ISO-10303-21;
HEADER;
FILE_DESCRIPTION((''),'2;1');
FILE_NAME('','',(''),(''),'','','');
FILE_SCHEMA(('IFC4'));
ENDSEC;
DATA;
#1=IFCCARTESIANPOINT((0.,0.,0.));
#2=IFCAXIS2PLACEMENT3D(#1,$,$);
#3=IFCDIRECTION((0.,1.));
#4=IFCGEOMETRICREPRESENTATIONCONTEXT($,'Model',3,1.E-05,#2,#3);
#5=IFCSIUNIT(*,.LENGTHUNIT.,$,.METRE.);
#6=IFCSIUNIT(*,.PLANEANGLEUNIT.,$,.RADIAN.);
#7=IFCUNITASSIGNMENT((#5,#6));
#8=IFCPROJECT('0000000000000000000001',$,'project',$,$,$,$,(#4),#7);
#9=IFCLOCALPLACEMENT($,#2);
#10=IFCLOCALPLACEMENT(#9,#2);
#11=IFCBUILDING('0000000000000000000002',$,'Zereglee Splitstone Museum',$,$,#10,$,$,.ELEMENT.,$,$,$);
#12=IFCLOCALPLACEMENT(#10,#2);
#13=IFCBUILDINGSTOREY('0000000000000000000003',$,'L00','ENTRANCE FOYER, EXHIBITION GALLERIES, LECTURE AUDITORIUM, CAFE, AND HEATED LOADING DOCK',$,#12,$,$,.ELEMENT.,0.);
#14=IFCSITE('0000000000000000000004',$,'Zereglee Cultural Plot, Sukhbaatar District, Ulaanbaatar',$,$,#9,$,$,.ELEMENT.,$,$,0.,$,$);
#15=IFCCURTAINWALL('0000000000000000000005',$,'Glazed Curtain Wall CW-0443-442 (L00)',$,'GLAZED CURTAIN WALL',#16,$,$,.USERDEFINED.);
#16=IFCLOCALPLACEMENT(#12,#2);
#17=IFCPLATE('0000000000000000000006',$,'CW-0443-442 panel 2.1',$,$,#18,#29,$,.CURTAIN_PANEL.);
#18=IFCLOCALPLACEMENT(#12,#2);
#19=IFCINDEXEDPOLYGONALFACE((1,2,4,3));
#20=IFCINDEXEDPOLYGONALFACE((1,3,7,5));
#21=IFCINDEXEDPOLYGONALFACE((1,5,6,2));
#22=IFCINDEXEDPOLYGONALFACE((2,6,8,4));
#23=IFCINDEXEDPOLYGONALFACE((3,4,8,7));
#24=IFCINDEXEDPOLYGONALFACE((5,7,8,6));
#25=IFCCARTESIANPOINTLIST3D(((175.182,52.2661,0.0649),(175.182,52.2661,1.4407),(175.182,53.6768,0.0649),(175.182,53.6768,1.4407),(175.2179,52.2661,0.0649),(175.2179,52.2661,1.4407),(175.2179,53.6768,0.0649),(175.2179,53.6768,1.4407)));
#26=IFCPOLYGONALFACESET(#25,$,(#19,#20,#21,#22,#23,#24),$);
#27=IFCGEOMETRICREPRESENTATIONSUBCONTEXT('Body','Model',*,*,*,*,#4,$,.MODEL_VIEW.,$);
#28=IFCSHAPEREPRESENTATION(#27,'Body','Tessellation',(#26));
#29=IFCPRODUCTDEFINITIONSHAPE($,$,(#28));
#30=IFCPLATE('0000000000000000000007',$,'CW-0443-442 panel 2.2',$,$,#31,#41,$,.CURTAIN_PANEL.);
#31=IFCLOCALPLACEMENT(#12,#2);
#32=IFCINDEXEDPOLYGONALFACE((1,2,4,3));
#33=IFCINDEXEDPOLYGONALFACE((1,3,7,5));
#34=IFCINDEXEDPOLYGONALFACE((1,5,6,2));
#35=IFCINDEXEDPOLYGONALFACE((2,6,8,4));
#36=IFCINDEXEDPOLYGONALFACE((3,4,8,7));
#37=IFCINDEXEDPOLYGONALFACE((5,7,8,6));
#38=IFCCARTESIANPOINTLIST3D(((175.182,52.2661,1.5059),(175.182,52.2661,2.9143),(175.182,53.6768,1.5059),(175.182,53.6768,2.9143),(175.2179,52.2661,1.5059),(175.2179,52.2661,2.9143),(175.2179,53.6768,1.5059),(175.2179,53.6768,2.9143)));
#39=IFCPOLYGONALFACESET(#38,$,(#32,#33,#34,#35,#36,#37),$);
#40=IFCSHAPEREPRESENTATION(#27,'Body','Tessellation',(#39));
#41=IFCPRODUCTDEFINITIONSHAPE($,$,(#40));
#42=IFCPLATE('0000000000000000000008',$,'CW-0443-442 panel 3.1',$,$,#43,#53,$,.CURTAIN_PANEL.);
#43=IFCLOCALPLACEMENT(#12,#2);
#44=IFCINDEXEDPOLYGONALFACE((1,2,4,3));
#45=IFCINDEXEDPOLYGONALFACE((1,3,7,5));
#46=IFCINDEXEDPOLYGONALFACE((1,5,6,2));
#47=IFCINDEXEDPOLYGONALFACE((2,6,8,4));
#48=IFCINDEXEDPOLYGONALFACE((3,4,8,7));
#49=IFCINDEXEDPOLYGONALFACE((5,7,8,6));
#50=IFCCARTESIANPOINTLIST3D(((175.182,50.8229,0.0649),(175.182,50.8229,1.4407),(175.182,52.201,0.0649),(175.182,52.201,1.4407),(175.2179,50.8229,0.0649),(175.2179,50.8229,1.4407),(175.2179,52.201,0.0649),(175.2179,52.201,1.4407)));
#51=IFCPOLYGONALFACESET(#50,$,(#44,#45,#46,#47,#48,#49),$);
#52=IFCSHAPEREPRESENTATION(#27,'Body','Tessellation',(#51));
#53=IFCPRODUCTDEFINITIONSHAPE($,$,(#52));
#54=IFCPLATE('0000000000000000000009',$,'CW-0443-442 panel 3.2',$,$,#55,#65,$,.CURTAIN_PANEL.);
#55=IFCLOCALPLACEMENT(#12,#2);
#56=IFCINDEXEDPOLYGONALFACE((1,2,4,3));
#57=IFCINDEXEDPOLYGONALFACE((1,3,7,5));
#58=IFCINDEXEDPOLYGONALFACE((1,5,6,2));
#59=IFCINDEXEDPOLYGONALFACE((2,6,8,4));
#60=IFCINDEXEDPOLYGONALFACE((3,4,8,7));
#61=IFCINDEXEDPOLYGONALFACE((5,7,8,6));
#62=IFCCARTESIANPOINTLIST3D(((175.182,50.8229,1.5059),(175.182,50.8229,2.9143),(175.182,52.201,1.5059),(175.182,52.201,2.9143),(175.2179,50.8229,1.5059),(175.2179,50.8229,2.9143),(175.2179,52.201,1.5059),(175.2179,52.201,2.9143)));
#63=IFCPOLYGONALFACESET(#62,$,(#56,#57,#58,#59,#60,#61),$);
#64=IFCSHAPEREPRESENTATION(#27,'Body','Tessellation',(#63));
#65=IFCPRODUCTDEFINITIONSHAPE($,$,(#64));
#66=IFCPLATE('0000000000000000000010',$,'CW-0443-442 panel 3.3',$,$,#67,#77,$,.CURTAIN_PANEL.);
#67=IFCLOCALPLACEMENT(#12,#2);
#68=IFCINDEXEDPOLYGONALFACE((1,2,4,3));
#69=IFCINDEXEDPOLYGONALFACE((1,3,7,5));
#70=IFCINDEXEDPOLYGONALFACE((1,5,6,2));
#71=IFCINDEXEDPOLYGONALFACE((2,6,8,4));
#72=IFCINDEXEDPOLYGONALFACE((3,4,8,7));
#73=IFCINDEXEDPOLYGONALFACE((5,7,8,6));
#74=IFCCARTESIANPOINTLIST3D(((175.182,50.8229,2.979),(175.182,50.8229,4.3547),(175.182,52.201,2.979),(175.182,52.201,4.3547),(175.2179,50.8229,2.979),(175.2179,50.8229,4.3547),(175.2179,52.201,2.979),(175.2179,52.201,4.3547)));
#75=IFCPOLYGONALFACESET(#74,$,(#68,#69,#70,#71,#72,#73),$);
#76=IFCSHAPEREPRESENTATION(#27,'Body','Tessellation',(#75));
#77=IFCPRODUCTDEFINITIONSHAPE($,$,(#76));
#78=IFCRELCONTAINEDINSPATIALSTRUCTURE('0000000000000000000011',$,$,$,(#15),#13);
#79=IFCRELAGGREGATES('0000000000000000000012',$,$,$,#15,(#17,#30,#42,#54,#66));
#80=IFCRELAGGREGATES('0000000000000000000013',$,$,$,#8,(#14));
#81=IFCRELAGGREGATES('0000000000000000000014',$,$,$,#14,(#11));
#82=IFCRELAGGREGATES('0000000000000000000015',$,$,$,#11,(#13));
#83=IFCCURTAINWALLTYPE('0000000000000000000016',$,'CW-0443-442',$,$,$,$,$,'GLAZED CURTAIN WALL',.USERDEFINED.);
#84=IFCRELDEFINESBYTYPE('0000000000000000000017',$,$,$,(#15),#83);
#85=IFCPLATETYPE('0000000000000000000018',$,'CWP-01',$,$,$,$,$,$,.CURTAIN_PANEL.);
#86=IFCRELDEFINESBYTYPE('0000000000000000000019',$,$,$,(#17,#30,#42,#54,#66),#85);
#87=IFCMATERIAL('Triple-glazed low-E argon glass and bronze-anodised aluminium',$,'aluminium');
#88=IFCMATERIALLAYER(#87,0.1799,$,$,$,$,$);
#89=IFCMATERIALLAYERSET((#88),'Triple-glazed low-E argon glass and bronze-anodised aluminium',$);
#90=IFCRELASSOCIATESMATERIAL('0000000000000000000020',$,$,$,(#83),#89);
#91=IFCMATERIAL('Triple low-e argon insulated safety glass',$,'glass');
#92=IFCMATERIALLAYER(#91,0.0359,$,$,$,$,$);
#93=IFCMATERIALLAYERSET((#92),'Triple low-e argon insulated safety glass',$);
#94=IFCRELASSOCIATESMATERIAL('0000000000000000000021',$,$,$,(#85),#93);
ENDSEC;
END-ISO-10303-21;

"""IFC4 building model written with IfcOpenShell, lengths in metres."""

from ifc_helpers import new_model, si_unit, direction, frame, origin, origin_2d, place, context, subcontext, project, spatial, rectangle, extrude, material, layer, layer_set, type_object, element, aggregate, save


model = new_model("IFC4")

# Units and contexts
model_context = context("Model", 3, precision=1e-05, world=origin(), true_north=direction((0.0, 1.0)))
body_context = subcontext(model_context, "Body", "Model", "MODEL_VIEW")
ifc_project = project(units=[si_unit("LENGTHUNIT", "METRE"), si_unit("PLANEANGLEUNIT", "RADIAN")], contexts=[model_context])

# Site, building, storey
site_placement = place(None, origin())
site = spatial("IfcSite", under=ifc_project, at=site_placement, Name="Zereglee Cultural Plot, Sukhbaatar District, Ulaanbaatar", CompositionType="ELEMENT", RefElevation=0.0)
building_placement = place(site_placement, origin())
building = spatial("IfcBuilding", under=site, at=building_placement, Name="Zereglee Splitstone Museum", CompositionType="ELEMENT")
storey_placement = place(building_placement, origin())
storey = spatial("IfcBuildingStorey", under=building, at=storey_placement, Name="L00", Description="ENTRANCE FOYER, EXHIBITION GALLERIES, LECTURE AUDITORIUM, CAFE, AND HEATED LOADING DOCK", CompositionType="ELEMENT", Elevation=0.0)

# Curtain wall
ifc_material_1 = material(Name="Triple-glazed low-E argon glass and bronze-anodised aluminium", Category="aluminium")
ifc_layer_1 = layer(ifc_material_1, 0.1799)
ifc_layer_set_1 = layer_set([ifc_layer_1], Name="Triple-glazed low-E argon glass and bronze-anodised aluminium")
curtain_wall_type = type_object("IfcCurtainWallType", Name="CW-0443-442", ElementType="GLAZED CURTAIN WALL", PredefinedType="USERDEFINED", material=ifc_layer_set_1)
curtain_wall_placement = place(storey_placement, origin())
curtain_wall = element("IfcCurtainWall", 1, at=curtain_wall_placement, inside=storey, type_object=curtain_wall_type, Name="Glazed Curtain Wall CW-0443-442 (L00)", ObjectType="GLAZED CURTAIN WALL", PredefinedType="USERDEFINED")

# Plates
ifc_material_2 = material(Name="Triple low-e argon insulated safety glass", Category="glass")
ifc_layer_2 = layer(ifc_material_2, 0.0359)
ifc_layer_set_2 = layer_set([ifc_layer_2], Name="Triple low-e argon insulated safety glass")
plate_type = type_object("IfcPlateType", Name="CWP-01", PredefinedType="CURTAIN_PANEL", material=ifc_layer_set_2)
plate_1_placement = place(storey_placement, frame((175.2, 52.9714, 0.0649), z_axis=(0.0, 0.0, 1.0), x_axis=(0.0, -1.0, 0.0)))
plate_1 = element("IfcPlate", 2, at=plate_1_placement, type_object=plate_type, Name="CW-0443-442 panel 2.1", PredefinedType="CURTAIN_PANEL", context=body_context, shape_type="SweptSolid", body=[
    extrude(rectangle(XDim=1.4106, YDim=0.0359, at=origin_2d()), origin(), (0.0, 0.0, 1.0), 1.3757),
])
plate_2_placement = place(storey_placement, frame((175.2, 52.9714, 1.5059), z_axis=(0.0, 0.0, 1.0), x_axis=(0.0, -1.0, 0.0)))
plate_2 = element("IfcPlate", 3, at=plate_2_placement, type_object=plate_type, Name="CW-0443-442 panel 2.2", PredefinedType="CURTAIN_PANEL", context=body_context, shape_type="SweptSolid", body=[
    extrude(rectangle(XDim=1.4106, YDim=0.0359, at=origin_2d()), origin(), (0.0, 0.0, 1.0), 1.4084),
])
plate_3_placement = place(storey_placement, frame((175.2, 51.512, 0.0649), z_axis=(0.0, 0.0, 1.0), x_axis=(0.0, -1.0, 0.0)))
plate_3 = element("IfcPlate", 4, at=plate_3_placement, type_object=plate_type, Name="CW-0443-442 panel 3.1", PredefinedType="CURTAIN_PANEL", context=body_context, shape_type="SweptSolid", body=[
    extrude(rectangle(XDim=1.3782, YDim=0.0359, at=origin_2d()), origin(), (0.0, 0.0, 1.0), 1.3757),
])
plate_4_placement = place(storey_placement, frame((175.2, 51.512, 1.5059), z_axis=(0.0, 0.0, 1.0), x_axis=(0.0, -1.0, 0.0)))
plate_4 = element("IfcPlate", 5, at=plate_4_placement, type_object=plate_type, Name="CW-0443-442 panel 3.2", PredefinedType="CURTAIN_PANEL", context=body_context, shape_type="SweptSolid", body=[
    extrude(rectangle(XDim=1.3782, YDim=0.0359, at=origin_2d()), origin(), (0.0, 0.0, 1.0), 1.4084),
])
plate_5_placement = place(storey_placement, frame((175.2, 51.512, 2.979), z_axis=(0.0, 0.0, 1.0), x_axis=(0.0, -1.0, 0.0)))
plate_5 = element("IfcPlate", 6, at=plate_5_placement, type_object=plate_type, Name="CW-0443-442 panel 3.3", PredefinedType="CURTAIN_PANEL", context=body_context, shape_type="SweptSolid", body=[
    extrude(rectangle(XDim=1.3782, YDim=0.0359, at=origin_2d()), origin(), (0.0, 0.0, 1.0), 1.3757),
])
aggregate(curtain_wall, [plate_1, plate_2, plate_3, plate_4, plate_5])

save(model, "model.ifc")
